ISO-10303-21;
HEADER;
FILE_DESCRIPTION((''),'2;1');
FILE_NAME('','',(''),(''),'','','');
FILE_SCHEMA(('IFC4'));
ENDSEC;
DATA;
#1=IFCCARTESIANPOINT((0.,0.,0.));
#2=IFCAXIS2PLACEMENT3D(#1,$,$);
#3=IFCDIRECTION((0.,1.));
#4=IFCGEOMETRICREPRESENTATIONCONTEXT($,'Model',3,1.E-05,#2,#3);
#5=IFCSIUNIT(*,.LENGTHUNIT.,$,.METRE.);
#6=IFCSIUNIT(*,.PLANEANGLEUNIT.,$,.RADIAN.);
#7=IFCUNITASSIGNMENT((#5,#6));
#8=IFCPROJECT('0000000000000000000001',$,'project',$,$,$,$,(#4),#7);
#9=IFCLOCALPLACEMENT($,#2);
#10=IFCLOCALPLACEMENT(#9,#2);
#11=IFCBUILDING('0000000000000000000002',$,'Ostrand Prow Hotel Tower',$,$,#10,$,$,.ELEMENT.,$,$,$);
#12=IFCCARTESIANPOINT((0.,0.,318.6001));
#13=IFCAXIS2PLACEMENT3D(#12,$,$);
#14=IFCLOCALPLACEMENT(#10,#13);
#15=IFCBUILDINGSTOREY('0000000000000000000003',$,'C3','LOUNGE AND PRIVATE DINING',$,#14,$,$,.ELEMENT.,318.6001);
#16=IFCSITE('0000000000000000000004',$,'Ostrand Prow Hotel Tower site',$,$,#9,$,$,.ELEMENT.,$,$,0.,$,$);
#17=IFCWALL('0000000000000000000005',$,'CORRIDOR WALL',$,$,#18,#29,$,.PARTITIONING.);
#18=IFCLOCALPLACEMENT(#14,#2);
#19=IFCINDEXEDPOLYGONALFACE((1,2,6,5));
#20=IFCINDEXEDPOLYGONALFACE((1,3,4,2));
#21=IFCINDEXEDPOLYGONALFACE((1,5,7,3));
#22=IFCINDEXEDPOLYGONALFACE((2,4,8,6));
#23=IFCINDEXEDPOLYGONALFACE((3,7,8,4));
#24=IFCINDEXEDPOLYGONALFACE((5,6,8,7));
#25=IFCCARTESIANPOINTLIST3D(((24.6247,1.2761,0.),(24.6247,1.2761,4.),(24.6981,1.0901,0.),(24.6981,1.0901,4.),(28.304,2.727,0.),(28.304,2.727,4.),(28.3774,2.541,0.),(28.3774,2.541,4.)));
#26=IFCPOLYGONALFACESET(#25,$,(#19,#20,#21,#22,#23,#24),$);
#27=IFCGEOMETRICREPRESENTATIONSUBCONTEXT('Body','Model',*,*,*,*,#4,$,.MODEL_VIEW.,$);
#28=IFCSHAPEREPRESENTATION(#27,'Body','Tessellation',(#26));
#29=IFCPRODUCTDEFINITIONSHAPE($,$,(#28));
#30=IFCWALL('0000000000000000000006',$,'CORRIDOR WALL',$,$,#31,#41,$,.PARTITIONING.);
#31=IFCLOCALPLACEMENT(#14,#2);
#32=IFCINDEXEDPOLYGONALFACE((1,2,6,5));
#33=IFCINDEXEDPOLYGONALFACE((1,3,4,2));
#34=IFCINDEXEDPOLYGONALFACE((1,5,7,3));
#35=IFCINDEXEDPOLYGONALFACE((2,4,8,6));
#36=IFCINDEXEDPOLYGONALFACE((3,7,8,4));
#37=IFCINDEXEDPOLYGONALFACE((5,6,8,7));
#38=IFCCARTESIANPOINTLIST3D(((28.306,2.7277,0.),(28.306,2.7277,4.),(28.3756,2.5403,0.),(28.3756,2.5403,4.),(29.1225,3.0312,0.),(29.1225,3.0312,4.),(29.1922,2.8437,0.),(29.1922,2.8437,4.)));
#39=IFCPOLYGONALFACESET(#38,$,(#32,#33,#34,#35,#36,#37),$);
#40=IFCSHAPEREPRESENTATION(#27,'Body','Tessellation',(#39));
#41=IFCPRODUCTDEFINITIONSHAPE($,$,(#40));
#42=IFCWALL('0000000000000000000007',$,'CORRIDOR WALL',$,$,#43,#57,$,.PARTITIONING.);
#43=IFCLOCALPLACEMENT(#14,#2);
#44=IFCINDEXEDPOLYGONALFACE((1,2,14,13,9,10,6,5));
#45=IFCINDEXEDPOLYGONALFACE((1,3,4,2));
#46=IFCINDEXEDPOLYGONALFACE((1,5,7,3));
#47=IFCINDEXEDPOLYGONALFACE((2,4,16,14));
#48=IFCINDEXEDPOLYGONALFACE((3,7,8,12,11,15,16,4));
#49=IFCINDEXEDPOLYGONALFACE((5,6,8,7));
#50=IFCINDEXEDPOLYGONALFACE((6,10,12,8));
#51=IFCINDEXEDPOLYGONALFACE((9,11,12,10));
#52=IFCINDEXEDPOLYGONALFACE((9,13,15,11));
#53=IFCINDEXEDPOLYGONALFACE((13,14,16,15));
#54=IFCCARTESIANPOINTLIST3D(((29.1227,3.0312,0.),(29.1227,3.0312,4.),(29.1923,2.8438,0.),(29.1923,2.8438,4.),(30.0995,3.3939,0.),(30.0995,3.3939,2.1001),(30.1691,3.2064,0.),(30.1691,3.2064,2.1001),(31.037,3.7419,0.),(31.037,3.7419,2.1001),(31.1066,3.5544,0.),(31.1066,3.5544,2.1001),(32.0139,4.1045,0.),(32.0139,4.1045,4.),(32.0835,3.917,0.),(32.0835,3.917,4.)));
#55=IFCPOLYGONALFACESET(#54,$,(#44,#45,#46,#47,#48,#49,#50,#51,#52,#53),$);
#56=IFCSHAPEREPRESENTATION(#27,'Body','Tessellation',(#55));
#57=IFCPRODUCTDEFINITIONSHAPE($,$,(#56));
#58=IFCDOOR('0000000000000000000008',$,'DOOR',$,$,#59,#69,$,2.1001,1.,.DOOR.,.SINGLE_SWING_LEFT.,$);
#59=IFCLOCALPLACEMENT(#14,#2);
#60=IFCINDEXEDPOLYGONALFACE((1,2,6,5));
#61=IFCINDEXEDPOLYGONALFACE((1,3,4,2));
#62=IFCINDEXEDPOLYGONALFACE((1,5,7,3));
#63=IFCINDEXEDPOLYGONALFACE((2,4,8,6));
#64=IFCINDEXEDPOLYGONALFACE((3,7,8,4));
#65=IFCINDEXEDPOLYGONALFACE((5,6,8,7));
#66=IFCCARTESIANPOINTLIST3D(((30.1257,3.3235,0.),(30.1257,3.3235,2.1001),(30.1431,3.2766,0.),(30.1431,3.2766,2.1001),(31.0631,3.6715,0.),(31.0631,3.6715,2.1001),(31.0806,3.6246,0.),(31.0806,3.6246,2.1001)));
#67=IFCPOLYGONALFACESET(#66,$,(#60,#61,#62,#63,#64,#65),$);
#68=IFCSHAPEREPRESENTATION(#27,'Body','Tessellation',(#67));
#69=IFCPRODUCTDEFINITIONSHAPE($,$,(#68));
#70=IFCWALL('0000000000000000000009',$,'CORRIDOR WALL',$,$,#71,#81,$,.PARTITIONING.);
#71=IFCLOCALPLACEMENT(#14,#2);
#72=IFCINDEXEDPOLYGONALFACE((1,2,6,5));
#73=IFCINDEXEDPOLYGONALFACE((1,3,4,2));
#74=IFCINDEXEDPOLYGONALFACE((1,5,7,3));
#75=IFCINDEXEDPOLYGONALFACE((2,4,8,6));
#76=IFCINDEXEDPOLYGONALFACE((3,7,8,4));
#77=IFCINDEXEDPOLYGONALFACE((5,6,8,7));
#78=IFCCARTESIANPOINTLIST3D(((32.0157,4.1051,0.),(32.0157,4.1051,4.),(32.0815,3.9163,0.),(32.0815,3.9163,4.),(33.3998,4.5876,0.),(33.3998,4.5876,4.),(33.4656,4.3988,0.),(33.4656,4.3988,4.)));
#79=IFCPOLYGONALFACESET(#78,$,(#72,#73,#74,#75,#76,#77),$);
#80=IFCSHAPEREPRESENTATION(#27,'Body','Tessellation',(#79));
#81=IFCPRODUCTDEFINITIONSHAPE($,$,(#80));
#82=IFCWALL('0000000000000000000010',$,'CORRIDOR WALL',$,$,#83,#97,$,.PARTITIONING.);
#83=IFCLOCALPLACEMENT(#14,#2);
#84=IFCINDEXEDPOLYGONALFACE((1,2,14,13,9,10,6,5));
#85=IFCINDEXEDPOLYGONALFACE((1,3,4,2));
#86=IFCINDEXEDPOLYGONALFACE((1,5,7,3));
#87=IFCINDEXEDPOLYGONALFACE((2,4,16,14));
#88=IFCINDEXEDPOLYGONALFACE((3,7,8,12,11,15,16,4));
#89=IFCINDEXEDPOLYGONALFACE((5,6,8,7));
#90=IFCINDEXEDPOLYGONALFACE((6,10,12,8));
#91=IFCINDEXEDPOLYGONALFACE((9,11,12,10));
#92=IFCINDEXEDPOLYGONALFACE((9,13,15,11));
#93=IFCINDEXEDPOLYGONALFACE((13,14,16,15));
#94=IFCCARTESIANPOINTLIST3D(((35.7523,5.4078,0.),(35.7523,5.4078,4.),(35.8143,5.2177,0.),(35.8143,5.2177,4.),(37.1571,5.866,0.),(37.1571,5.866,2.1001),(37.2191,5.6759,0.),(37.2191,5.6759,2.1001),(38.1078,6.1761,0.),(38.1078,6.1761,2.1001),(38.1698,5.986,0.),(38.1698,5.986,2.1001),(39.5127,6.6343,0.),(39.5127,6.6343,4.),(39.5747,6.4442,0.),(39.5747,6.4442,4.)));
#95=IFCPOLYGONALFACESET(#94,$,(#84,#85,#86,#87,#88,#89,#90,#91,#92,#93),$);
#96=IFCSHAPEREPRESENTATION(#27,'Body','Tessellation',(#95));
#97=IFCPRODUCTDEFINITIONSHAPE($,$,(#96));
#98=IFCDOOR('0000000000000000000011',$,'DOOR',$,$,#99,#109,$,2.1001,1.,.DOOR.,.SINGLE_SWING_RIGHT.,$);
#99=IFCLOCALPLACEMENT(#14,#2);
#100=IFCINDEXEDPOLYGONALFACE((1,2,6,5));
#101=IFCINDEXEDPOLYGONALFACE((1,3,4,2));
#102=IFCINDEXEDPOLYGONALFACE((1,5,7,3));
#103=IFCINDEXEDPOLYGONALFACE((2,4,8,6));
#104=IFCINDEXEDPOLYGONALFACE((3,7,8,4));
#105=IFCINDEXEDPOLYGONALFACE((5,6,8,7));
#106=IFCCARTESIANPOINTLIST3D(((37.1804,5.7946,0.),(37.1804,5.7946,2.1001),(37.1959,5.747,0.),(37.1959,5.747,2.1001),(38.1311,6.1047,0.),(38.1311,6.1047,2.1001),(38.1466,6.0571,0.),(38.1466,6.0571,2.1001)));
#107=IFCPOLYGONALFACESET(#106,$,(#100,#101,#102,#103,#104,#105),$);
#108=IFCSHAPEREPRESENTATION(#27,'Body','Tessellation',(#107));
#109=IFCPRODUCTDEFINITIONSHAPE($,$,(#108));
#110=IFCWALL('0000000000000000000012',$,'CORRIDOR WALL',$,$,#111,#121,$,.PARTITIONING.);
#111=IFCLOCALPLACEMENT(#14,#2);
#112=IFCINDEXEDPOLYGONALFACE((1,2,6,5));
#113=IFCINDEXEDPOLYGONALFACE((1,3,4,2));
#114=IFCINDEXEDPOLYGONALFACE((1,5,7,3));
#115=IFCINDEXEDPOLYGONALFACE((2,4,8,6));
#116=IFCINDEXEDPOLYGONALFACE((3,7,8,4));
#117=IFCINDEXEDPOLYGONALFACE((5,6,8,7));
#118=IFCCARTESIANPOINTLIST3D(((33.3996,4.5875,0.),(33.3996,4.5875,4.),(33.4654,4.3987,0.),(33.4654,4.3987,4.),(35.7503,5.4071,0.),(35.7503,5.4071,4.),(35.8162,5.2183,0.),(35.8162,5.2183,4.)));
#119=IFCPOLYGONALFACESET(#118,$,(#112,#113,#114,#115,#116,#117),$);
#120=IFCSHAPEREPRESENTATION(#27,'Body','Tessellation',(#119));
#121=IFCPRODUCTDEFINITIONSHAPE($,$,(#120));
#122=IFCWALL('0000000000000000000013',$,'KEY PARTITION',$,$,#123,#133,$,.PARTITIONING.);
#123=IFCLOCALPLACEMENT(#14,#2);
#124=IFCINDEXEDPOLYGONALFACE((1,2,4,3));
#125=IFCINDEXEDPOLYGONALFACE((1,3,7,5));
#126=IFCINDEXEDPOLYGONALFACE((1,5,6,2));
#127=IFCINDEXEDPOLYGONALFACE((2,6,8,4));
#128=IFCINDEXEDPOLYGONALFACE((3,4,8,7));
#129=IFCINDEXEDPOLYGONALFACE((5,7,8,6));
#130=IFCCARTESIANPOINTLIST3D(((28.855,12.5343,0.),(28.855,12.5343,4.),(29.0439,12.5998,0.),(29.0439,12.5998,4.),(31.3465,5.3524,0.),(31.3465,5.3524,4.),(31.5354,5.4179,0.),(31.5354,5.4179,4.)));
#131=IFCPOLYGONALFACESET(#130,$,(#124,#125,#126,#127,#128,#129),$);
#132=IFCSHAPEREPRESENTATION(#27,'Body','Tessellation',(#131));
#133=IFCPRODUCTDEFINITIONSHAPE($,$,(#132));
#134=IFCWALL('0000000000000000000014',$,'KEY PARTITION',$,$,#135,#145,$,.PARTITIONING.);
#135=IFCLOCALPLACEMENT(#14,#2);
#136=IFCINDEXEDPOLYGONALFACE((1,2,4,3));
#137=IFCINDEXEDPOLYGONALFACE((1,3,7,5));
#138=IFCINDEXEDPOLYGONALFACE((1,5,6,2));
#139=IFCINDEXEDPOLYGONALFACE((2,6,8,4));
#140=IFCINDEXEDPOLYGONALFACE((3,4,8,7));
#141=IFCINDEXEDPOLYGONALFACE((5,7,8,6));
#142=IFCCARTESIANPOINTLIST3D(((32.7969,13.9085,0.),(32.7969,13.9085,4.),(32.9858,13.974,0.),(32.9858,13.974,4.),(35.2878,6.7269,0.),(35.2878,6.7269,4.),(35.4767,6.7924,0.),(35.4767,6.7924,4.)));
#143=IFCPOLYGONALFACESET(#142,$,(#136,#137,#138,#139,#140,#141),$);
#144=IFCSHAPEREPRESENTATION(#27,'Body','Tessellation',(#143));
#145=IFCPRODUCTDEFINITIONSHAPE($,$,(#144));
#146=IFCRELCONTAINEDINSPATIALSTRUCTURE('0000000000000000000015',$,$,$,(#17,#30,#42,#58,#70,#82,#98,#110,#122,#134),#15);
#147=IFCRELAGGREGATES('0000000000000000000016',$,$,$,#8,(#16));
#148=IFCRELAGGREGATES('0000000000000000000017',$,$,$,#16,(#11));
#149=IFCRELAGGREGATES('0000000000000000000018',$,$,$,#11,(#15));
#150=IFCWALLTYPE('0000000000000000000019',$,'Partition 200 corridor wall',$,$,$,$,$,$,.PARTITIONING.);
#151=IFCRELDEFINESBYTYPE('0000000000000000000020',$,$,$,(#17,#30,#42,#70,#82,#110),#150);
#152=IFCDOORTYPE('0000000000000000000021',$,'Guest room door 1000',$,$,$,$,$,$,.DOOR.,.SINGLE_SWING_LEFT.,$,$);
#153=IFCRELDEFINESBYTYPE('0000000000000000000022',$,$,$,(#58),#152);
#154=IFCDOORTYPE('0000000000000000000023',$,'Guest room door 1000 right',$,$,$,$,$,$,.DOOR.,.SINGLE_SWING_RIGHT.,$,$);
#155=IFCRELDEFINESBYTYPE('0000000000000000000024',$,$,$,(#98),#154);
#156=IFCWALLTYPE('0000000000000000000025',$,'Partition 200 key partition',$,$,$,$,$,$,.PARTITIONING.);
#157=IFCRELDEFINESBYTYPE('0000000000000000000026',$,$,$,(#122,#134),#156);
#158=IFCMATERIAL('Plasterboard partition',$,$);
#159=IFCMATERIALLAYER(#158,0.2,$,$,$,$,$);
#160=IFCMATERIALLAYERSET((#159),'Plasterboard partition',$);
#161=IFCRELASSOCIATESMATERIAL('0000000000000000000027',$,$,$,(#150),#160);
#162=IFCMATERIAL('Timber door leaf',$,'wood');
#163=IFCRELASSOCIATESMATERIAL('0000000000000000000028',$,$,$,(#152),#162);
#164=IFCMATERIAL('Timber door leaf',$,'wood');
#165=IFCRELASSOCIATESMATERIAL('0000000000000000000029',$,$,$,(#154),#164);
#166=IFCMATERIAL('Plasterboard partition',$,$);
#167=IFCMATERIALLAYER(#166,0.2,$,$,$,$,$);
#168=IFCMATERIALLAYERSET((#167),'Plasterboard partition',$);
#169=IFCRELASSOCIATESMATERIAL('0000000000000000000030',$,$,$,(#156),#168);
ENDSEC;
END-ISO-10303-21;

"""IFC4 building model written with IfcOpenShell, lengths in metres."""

from ifc_helpers import new_model, si_unit, direction, frame, frame_2d, origin, place, context, subcontext, project, spatial, rectangle, extrude, material, layer, layer_set, type_object, element, fill, save


model = new_model("IFC4")

# Units and contexts
model_context = context("Model", 3, precision=1e-05, world=origin(), true_north=direction((0.0, 1.0)))
body_context = subcontext(model_context, "Body", "Model", "MODEL_VIEW")
ifc_project = project(units=[si_unit("LENGTHUNIT", "METRE"), si_unit("PLANEANGLEUNIT", "RADIAN")], contexts=[model_context])

# Site, building, storey
site_placement = place(None, origin())
site = spatial("IfcSite", under=ifc_project, at=site_placement, Name="Ostrand Prow Hotel Tower site", CompositionType="ELEMENT", RefElevation=0.0)
building_placement = place(site_placement, origin())
building = spatial("IfcBuilding", under=site, at=building_placement, Name="Ostrand Prow Hotel Tower", CompositionType="ELEMENT")
storey_placement = place(building_placement, frame((0.0, 0.0, 318.6001)))
storey = spatial("IfcBuildingStorey", under=building, at=storey_placement, Name="C3", Description="LOUNGE AND PRIVATE DINING", CompositionType="ELEMENT", Elevation=318.6001)

# Shared definitions
ifc_material_1 = material(Name="Plasterboard partition")
ifc_layer_1 = layer(ifc_material_1, 0.2)
ifc_layer_set_1 = layer_set([ifc_layer_1], Name="Plasterboard partition")
wall_type_1 = type_object("IfcWallType", Name="Partition 200 corridor wall", PredefinedType="PARTITIONING", material=ifc_layer_set_1)

# Walls
wall_1_placement = place(storey_placement, frame((24.6614, 1.1831, 0.0), z_axis=(0.0, 0.0, 1.0), x_axis=(0.930283, 0.366842, 0.0)))
element("IfcWall", 1, at=wall_1_placement, inside=storey, type_object=wall_type_1, Name="CORRIDOR WALL", PredefinedType="PARTITIONING", context=body_context, shape_type="SweptSolid", body=[
    extrude(rectangle(XDim=3.9551, YDim=0.2, at=frame_2d((1.9775, 0.0))), origin(), (0.0, 0.0, 1.0), 4.0),
])
wall_2_placement = place(storey_placement, frame((28.3408, 2.634, 0.0), z_axis=(0.0, 0.0, 1.0), x_axis=(0.937373, 0.348327, 0.0)))
element("IfcWall", 2, at=wall_2_placement, inside=storey, type_object=wall_type_1, Name="CORRIDOR WALL", PredefinedType="PARTITIONING", context=body_context, shape_type="SweptSolid", body=[
    extrude(rectangle(XDim=0.8711, YDim=0.2, at=frame_2d((0.4355, 0.0))), origin(), (0.0, 0.0, 1.0), 4.0),
])

# Wall, opening, door
wall_3_placement = place(storey_placement, frame((29.1575, 2.9375, 0.0), z_axis=(0.0, 0.0, 1.0), x_axis=(0.937489, 0.348016, 0.0)))
wall_3 = element("IfcWall", 3, at=wall_3_placement, inside=storey, type_object=wall_type_1, Name="CORRIDOR WALL", PredefinedType="PARTITIONING", context=body_context, shape_type="SweptSolid", body=[
    extrude(rectangle(XDim=3.084, YDim=0.2, at=frame_2d((1.542, 0.0))), origin(), (0.0, 0.0, 1.0), 4.0),
])
opening_1_placement = place(wall_3_placement, frame((1.042, 0.0, 0.0)))
opening_1 = element("IfcOpeningElement", 4, at=opening_1_placement, cuts=wall_3, PredefinedType="OPENING", context=body_context, shape_type="SweptSolid", body=[
    extrude(rectangle(XDim=1.0, YDim=2.1001, at=frame_2d((0.5, 1.05))), frame((0.0, 0.1099, 0.0), z_axis=(0.0, -1.0, 0.0), x_axis=(1.0, 0.0, 0.0)), (0.0, 0.0, 1.0), 0.22),
])
ifc_material_2 = material(Name="Timber door leaf", Category="wood")
door_type_1 = type_object("IfcDoorType", Name="Guest room door 1000", OperationType="SINGLE_SWING_LEFT", PredefinedType="DOOR", material=ifc_material_2)
door_1_placement = place(opening_1_placement, origin())
door_1 = element("IfcDoor", 5, at=door_1_placement, inside=storey, type_object=door_type_1, Name="DOOR", OperationType="SINGLE_SWING_LEFT", OverallHeight=2.1001, OverallWidth=1.0, PredefinedType="DOOR", context=body_context, shape_type="SweptSolid", body=[
    extrude(rectangle(XDim=1.0, YDim=2.1001, at=frame_2d((0.5, 1.05))), frame((0.0, 0.0249, 0.0), z_axis=(0.0, -1.0, 0.0), x_axis=(1.0, 0.0, 0.0)), (0.0, 0.0, 1.0), 0.05),
])
fill(opening_1, door_1)

# Wall
wall_4_placement = place(storey_placement, frame((32.0486, 4.0107, 0.0), z_axis=(0.0, 0.0, 1.0), x_axis=(0.944281, 0.329141, 0.0)))
element("IfcWall", 6, at=wall_4_placement, inside=storey, type_object=wall_type_1, Name="CORRIDOR WALL", PredefinedType="PARTITIONING", context=body_context, shape_type="SweptSolid", body=[
    extrude(rectangle(XDim=1.4658, YDim=0.2, at=frame_2d((0.7329, 0.0))), origin(), (0.0, 0.0, 1.0), 4.0),
])

# Wall, opening, door
wall_5_placement = place(storey_placement, frame((35.7834, 5.3127, 0.0), z_axis=(0.0, 0.0, 1.0), x_axis=(0.950701, 0.31011, 0.0)))
wall_5 = element("IfcWall", 7, at=wall_5_placement, inside=storey, type_object=wall_type_1, Name="CORRIDOR WALL", PredefinedType="PARTITIONING", context=body_context, shape_type="SweptSolid", body=[
    extrude(rectangle(XDim=3.9553, YDim=0.2, at=frame_2d((1.9775, 0.0))), origin(), (0.0, 0.0, 1.0), 4.0),
])
opening_2_placement = place(wall_5_placement, frame((1.4775, 0.0, 0.0)))
opening_2 = element("IfcOpeningElement", 8, at=opening_2_placement, cuts=wall_5, PredefinedType="OPENING", context=body_context, shape_type="SweptSolid", body=[
    extrude(rectangle(XDim=1.0, YDim=2.1001, at=frame_2d((0.5, 1.05))), frame((0.0, 0.1099, 0.0), z_axis=(0.0, -1.0, 0.0), x_axis=(1.0, 0.0, 0.0)), (0.0, 0.0, 1.0), 0.22),
])
ifc_material_3 = material(Name="Timber door leaf", Category="wood")
door_type_2 = type_object("IfcDoorType", Name="Guest room door 1000 right", OperationType="SINGLE_SWING_RIGHT", PredefinedType="DOOR", material=ifc_material_3)
door_2_placement = place(opening_2_placement, origin())
door_2 = element("IfcDoor", 9, at=door_2_placement, inside=storey, type_object=door_type_2, Name="DOOR", OperationType="SINGLE_SWING_RIGHT", OverallHeight=2.1001, OverallWidth=1.0, PredefinedType="DOOR", context=body_context, shape_type="SweptSolid", body=[
    extrude(rectangle(XDim=1.0, YDim=2.1001, at=frame_2d((0.5, 1.05))), frame((0.0, 0.0249, 0.0), z_axis=(0.0, -1.0, 0.0), x_axis=(1.0, 0.0, 0.0)), (0.0, 0.0, 1.0), 0.05),
])
fill(opening_2, door_2)

# Walls
wall_6_placement = place(storey_placement, frame((33.4326, 4.4932, 0.0), z_axis=(0.0, 0.0, 1.0), x_axis=(0.94426, 0.329201, 0.0)))
element("IfcWall", 10, at=wall_6_placement, inside=storey, type_object=wall_type_1, Name="CORRIDOR WALL", PredefinedType="PARTITIONING", context=body_context, shape_type="SweptSolid", body=[
    extrude(rectangle(XDim=2.4895, YDim=0.2, at=frame_2d((1.2446, 0.0))), origin(), (0.0, 0.0, 1.0), 4.0),
])
ifc_material_4 = material(Name="Plasterboard partition")
ifc_layer_2 = layer(ifc_material_4, 0.2)
ifc_layer_set_2 = layer_set([ifc_layer_2], Name="Plasterboard partition")
wall_type_2 = type_object("IfcWallType", Name="Partition 200 key partition", PredefinedType="PARTITIONING", material=ifc_layer_set_2)
wall_7_placement = place(storey_placement, frame((31.4409, 5.3853, 0.0), z_axis=(0.0, 0.0, 1.0), x_axis=(-0.327747, 0.944766, 0.0)))
element("IfcWall", 11, at=wall_7_placement, inside=storey, type_object=wall_type_2, Name="KEY PARTITION", PredefinedType="PARTITIONING", context=body_context, shape_type="SweptSolid", body=[
    extrude(rectangle(XDim=7.6018, YDim=0.2, at=frame_2d((3.8008, 0.0))), origin(), (0.0, 0.0, 1.0), 4.0),
])
wall_8_placement = place(storey_placement, frame((35.3823, 6.7595, 0.0), z_axis=(0.0, 0.0, 1.0), x_axis=(-0.3277, 0.944782, 0.0)))
element("IfcWall", 12, at=wall_8_placement, inside=storey, type_object=wall_type_2, Name="KEY PARTITION", PredefinedType="PARTITIONING", context=body_context, shape_type="SweptSolid", body=[
    extrude(rectangle(XDim=7.6013, YDim=0.2, at=frame_2d((3.8008, 0.0))), origin(), (0.0, 0.0, 1.0), 4.0),
])

save(model, "model.ifc")
